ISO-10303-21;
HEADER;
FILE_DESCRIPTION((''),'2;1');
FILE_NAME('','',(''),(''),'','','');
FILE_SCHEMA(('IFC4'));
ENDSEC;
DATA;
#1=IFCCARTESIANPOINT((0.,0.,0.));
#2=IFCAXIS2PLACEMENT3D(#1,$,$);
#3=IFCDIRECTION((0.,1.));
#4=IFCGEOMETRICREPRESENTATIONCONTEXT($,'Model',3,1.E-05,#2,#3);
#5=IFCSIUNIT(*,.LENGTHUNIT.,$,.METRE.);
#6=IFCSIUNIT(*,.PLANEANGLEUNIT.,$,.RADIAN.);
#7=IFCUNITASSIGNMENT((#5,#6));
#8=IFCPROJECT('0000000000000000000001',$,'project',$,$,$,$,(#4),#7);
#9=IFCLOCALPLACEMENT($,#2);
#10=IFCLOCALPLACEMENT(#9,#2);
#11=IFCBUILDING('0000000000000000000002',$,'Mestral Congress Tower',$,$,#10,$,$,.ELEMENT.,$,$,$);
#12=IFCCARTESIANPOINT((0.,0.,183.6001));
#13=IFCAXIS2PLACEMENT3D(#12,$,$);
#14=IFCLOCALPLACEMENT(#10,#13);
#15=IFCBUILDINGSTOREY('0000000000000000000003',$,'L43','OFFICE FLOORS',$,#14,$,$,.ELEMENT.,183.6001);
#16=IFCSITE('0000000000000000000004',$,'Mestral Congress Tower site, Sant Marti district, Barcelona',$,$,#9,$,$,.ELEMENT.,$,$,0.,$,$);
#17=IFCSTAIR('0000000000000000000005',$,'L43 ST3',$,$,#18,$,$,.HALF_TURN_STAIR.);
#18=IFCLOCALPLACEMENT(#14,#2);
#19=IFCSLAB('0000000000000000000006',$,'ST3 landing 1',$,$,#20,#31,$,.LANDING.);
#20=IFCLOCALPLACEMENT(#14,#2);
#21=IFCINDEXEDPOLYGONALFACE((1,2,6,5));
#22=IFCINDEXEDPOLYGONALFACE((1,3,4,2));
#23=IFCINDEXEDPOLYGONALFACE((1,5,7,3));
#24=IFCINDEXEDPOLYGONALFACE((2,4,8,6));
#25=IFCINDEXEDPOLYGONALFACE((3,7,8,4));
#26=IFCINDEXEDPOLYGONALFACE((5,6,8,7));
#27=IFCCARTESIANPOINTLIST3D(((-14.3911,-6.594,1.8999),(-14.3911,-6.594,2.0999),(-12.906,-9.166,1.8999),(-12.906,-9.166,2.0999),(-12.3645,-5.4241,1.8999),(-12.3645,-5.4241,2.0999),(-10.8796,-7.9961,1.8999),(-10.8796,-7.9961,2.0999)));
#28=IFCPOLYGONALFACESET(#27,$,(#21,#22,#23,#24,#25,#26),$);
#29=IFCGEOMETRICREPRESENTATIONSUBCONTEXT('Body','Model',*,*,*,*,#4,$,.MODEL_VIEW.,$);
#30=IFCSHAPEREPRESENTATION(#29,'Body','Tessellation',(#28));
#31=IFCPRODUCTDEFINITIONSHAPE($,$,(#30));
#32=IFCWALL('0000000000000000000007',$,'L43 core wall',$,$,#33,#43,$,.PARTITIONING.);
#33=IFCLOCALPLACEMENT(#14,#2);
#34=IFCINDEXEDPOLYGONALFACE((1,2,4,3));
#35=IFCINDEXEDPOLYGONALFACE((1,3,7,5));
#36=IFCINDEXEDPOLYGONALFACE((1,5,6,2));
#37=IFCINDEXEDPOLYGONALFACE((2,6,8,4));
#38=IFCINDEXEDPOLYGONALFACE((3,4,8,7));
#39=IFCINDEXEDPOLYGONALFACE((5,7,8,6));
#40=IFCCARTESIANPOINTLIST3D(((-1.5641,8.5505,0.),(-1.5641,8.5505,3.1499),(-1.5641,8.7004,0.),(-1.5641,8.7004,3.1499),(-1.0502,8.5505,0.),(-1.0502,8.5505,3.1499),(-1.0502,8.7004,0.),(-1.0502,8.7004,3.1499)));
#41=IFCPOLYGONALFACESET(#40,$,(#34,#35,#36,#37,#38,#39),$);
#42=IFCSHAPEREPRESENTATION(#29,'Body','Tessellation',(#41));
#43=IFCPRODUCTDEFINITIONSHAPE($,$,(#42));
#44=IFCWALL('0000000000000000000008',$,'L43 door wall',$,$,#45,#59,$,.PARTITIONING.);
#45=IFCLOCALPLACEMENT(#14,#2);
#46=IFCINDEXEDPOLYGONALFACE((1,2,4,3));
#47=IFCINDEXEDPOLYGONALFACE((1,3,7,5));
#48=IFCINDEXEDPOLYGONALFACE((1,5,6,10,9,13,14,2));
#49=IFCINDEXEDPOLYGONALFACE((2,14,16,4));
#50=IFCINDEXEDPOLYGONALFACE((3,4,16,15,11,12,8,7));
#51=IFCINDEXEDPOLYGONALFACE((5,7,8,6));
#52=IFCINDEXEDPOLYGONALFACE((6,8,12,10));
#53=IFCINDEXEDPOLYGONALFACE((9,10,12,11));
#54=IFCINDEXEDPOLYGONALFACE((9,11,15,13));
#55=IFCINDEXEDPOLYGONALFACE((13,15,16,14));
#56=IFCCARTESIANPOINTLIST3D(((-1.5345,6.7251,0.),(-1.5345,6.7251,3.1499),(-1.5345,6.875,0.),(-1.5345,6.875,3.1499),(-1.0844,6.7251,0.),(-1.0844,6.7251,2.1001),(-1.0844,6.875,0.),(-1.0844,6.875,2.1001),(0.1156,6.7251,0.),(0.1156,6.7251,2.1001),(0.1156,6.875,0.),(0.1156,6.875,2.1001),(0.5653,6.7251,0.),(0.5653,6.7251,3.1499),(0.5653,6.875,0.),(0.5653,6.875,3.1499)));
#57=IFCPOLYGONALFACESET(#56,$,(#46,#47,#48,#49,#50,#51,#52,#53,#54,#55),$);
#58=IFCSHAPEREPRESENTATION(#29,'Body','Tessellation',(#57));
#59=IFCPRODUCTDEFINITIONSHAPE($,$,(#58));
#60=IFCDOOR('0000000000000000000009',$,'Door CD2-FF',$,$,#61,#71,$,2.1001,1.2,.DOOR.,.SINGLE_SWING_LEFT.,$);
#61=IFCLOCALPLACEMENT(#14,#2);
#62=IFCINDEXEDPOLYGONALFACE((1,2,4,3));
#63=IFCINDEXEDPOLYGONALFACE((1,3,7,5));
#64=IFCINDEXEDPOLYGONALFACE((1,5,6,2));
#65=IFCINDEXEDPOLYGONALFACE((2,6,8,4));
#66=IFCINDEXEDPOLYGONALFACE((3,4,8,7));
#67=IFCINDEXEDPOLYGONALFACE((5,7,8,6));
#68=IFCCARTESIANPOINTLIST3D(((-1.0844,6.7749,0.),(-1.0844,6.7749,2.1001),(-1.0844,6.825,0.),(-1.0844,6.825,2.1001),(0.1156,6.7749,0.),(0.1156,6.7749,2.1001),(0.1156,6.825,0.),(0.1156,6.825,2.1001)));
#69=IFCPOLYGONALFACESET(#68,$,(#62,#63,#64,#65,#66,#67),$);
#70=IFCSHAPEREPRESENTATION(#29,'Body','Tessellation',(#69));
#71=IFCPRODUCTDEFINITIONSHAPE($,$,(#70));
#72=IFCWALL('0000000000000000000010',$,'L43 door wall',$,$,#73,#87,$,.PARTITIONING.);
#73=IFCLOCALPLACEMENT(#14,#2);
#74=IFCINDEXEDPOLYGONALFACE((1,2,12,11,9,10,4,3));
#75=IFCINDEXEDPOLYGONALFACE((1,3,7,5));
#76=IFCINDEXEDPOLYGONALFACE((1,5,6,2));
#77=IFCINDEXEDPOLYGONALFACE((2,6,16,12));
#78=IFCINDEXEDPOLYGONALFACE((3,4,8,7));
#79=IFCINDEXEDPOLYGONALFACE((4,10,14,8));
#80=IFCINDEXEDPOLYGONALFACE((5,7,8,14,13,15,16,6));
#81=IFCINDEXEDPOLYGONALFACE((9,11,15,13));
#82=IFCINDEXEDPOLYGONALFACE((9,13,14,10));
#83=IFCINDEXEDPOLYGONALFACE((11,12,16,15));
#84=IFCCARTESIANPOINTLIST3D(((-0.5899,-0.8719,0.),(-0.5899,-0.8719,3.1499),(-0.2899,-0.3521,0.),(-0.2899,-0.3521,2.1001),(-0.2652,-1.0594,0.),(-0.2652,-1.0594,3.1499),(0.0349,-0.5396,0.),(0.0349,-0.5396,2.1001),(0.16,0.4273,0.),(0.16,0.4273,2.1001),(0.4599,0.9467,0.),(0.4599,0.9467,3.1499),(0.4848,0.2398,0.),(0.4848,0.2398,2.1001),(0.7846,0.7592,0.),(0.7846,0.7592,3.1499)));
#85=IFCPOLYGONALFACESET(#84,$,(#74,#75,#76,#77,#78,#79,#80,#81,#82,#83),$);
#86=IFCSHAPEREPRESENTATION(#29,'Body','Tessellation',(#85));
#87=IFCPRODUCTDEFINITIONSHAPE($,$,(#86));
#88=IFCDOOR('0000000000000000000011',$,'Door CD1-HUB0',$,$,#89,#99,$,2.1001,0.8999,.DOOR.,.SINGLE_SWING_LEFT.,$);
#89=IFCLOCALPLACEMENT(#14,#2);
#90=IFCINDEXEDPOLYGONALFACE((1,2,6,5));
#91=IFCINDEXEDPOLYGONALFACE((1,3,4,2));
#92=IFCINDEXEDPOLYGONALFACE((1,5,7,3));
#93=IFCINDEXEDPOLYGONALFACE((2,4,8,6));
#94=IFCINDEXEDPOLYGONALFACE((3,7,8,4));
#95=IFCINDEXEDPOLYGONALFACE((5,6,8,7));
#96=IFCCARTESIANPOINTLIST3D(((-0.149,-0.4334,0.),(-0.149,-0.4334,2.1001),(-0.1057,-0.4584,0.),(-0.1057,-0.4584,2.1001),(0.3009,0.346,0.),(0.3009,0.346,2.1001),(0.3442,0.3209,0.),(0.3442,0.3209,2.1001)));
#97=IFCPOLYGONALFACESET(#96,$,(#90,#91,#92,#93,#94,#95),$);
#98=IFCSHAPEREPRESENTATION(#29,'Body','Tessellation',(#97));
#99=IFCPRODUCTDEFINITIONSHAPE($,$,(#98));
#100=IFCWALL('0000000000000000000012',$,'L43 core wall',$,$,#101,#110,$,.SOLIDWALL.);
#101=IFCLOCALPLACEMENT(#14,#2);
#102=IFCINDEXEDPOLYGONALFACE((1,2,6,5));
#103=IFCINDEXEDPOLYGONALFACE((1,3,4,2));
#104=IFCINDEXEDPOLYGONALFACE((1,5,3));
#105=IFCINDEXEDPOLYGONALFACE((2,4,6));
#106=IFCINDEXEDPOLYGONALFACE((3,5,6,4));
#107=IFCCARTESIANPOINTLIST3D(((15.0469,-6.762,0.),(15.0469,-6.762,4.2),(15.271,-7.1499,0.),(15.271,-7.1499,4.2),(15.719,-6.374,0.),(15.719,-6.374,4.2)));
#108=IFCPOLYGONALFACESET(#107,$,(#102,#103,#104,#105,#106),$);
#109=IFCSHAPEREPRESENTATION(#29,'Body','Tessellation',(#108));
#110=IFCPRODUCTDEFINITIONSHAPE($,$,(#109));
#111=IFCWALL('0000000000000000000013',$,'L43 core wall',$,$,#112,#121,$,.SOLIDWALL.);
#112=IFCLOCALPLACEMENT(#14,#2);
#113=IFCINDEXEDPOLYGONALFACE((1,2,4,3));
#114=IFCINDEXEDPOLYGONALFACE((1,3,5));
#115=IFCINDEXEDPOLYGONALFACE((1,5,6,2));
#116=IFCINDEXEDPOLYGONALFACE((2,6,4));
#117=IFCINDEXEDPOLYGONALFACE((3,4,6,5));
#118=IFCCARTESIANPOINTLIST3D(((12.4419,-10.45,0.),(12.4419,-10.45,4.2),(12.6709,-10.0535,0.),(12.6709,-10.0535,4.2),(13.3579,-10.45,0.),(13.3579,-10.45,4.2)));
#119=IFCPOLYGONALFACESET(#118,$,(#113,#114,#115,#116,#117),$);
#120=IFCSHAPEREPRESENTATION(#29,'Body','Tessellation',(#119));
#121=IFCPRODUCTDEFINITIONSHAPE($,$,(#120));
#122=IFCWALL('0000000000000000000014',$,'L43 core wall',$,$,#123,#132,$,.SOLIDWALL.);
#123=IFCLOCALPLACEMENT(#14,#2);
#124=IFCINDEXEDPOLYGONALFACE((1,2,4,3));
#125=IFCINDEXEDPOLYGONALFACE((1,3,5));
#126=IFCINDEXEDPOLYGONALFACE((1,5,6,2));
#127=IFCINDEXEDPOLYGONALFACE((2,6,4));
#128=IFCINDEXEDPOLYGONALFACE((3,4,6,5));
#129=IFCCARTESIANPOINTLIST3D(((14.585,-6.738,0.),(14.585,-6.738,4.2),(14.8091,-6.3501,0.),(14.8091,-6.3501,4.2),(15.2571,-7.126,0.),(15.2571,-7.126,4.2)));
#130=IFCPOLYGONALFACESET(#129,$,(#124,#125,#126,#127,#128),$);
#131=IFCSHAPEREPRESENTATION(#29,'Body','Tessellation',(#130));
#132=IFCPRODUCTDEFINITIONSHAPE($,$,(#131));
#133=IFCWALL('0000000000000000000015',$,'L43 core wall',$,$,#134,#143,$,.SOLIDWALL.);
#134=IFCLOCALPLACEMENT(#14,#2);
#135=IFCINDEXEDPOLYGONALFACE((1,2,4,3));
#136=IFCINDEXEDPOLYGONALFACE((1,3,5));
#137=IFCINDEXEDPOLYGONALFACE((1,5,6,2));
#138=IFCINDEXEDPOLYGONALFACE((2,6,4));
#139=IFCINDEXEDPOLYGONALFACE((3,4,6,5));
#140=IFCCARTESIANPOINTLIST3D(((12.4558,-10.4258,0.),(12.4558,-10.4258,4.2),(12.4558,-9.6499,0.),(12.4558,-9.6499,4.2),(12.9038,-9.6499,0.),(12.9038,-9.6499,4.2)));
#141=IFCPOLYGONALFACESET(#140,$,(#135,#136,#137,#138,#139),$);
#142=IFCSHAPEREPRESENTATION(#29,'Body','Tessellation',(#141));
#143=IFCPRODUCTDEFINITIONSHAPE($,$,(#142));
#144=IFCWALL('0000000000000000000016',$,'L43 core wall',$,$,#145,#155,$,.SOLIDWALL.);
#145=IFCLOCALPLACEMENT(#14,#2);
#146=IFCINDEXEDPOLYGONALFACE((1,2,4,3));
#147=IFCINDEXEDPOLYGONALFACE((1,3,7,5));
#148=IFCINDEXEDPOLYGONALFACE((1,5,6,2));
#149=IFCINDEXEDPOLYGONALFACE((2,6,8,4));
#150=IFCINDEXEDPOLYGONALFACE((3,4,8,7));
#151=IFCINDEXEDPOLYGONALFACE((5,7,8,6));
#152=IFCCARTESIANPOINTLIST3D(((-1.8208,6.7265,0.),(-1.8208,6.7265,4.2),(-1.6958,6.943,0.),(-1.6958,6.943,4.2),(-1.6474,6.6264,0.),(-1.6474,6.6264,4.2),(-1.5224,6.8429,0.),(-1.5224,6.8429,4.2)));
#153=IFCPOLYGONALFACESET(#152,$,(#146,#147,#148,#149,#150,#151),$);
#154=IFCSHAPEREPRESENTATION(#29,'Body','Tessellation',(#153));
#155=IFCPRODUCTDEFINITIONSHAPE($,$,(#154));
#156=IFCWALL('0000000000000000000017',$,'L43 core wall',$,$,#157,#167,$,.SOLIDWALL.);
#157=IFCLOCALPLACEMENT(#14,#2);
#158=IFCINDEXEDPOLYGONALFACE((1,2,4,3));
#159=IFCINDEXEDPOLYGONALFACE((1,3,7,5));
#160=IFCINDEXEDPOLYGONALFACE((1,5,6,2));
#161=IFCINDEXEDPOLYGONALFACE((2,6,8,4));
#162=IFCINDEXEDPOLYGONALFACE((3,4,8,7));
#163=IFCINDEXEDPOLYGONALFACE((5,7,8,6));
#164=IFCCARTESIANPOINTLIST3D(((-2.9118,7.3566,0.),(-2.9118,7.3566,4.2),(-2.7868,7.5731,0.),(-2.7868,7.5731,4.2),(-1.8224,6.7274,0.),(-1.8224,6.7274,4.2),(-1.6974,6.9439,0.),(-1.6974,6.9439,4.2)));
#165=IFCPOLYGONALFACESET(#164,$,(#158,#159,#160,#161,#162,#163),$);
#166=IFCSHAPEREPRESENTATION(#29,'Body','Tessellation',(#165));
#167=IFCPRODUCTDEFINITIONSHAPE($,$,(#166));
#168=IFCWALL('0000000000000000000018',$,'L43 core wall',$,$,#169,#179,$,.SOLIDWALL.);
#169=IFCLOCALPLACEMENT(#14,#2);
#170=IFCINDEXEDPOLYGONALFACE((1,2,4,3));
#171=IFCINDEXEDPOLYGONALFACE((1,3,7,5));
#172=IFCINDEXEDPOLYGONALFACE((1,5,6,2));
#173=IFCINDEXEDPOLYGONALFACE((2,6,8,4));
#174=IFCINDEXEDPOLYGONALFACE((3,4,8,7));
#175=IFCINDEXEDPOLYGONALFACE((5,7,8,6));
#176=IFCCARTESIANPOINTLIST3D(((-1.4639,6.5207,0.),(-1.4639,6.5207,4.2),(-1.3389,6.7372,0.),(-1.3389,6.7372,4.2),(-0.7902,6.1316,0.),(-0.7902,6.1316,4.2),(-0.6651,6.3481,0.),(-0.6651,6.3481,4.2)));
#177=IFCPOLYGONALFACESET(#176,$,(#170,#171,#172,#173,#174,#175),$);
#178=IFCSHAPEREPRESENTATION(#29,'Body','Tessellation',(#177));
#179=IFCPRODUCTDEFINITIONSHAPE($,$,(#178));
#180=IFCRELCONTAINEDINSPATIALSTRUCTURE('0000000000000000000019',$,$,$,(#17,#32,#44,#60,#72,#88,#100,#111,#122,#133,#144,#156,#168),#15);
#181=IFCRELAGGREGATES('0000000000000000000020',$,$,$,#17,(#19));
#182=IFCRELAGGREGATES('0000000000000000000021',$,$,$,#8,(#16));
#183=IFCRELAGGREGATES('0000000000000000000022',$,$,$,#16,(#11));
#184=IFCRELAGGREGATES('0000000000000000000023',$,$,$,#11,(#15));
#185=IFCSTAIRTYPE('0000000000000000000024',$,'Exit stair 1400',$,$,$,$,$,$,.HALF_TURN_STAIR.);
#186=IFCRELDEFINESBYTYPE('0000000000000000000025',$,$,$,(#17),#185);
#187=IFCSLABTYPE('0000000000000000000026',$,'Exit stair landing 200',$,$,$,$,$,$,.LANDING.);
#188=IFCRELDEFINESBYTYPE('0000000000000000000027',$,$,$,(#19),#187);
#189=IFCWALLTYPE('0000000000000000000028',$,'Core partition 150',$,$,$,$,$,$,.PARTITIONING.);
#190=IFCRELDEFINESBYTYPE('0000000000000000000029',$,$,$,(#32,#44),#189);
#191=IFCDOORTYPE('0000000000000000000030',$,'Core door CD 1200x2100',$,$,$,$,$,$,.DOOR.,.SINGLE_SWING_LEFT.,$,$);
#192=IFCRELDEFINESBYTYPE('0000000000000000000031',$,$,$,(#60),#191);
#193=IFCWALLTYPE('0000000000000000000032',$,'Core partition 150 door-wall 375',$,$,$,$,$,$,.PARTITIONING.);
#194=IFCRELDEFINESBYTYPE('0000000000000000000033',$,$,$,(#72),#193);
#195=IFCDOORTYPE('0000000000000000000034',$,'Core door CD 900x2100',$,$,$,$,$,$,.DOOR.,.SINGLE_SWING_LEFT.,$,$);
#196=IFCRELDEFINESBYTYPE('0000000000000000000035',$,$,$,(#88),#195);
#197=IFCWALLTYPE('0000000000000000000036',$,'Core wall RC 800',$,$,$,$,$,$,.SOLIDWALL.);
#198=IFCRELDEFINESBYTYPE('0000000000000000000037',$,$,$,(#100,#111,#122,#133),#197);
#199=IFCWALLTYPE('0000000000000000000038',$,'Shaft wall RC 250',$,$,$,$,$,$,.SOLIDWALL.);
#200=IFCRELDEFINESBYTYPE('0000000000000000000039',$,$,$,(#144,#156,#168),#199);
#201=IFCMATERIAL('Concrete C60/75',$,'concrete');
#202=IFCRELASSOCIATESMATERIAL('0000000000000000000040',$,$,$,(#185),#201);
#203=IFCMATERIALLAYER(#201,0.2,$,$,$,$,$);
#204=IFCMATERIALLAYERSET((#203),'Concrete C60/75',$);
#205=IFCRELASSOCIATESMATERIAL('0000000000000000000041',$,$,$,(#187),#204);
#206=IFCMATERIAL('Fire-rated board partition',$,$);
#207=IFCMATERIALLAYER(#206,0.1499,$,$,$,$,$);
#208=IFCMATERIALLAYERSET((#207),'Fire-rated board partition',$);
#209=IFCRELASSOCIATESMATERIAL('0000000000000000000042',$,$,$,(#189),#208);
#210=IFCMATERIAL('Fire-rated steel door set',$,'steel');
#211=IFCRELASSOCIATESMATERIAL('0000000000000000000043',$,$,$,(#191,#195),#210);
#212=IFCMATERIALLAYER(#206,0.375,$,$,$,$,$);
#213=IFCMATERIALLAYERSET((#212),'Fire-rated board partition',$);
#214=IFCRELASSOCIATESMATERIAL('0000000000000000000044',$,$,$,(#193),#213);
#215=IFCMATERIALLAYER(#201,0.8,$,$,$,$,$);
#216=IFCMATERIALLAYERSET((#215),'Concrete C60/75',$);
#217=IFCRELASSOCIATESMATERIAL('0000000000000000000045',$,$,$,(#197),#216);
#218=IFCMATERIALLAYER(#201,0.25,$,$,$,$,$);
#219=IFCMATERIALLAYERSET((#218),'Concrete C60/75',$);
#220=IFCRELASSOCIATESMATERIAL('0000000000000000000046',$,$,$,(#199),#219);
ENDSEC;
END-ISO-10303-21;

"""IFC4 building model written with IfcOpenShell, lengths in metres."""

from ifc_helpers import new_model, si_unit, direction, frame, frame_2d, origin, place, context, subcontext, project, spatial, polyline, rectangle, outline, extrude, material, layer, layer_set, type_object, element, fill, aggregate, save


model = new_model("IFC4")

# Units and contexts
model_context = context("Model", 3, precision=1e-05, world=origin(), true_north=direction((0.0, 1.0)))
body_context = subcontext(model_context, "Body", "Model", "MODEL_VIEW")
ifc_project = project(units=[si_unit("LENGTHUNIT", "METRE"), si_unit("PLANEANGLEUNIT", "RADIAN")], contexts=[model_context])

# Site, building, storey
site_placement = place(None, origin())
site = spatial("IfcSite", under=ifc_project, at=site_placement, Name="Mestral Congress Tower site, Sant Marti district, Barcelona", CompositionType="ELEMENT", RefElevation=0.0)
building_placement = place(site_placement, origin())
building = spatial("IfcBuilding", under=site, at=building_placement, Name="Mestral Congress Tower", CompositionType="ELEMENT")
storey_placement = place(building_placement, frame((0.0, 0.0, 183.6001)))
storey = spatial("IfcBuildingStorey", under=building, at=storey_placement, Name="L43", Description="OFFICE FLOORS", CompositionType="ELEMENT", Elevation=183.6001)

# Shared definitions
ifc_material_1 = material(Name="Concrete C60/75", Category="concrete")

# Stair, slab
stair_type = type_object("IfcStairType", Name="Exit stair 1400", PredefinedType="HALF_TURN_STAIR", material=ifc_material_1)
placement_1 = place(storey_placement, origin())
ifc_layer_1 = layer(ifc_material_1, 0.2)
ifc_layer_set_1 = layer_set([ifc_layer_1], Name="Concrete C60/75")
slab_type_1 = type_object("IfcSlabType", Name="Exit stair landing 200", PredefinedType="LANDING", material=ifc_layer_set_1)
placement_2 = place(storey_placement, frame((0.0, 0.0, 1.8999)))
stair_1 = element("IfcStair", 1, at=placement_1, inside=storey, type_object=stair_type, Name="L43 ST3", PredefinedType="HALF_TURN_STAIR")
slab_1 = element("IfcSlab", 2, at=placement_2, type_object=slab_type_1, Name="ST3 landing 1", PredefinedType="LANDING", context=body_context, shape_type="SweptSolid", body=[
    extrude(outline(polyline([(-12.3645, -5.4241), (-10.8796, -7.9961), (-12.906, -9.166), (-14.3911, -6.594), (-12.3645, -5.4241)])), origin(), (0.0, 0.0, 1.0), 0.2),
])
aggregate(stair_1, [slab_1])

# Wall
ifc_material_2 = material(Name="Fire-rated board partition")
ifc_layer_2 = layer(ifc_material_2, 0.1499)
ifc_layer_set_2 = layer_set([ifc_layer_2], Name="Fire-rated board partition")
wall_type_1 = type_object("IfcWallType", Name="Core partition 150", PredefinedType="PARTITIONING", material=ifc_layer_set_2)
wall_1_placement = place(storey_placement, frame((-1.564, 8.6255, 0.0), z_axis=(0.0, 0.0, 1.0), x_axis=(1.0, 0.0, 0.0)))
element("IfcWall", 3, at=wall_1_placement, inside=storey, type_object=wall_type_1, Name="L43 core wall", PredefinedType="PARTITIONING", context=body_context, shape_type="SweptSolid", body=[
    extrude(rectangle(XDim=0.5139, YDim=0.1499, at=frame_2d((0.2568, 0.0))), origin(), (0.0, 0.0, 1.0), 3.1499),
])

# Walls, openings, doors
wall_2_placement = place(storey_placement, frame((-1.5344, 6.8, 0.0), z_axis=(0.0, 0.0, 1.0), x_axis=(1.0, 0.0, 0.0)))
wall_2 = element("IfcWall", 4, at=wall_2_placement, inside=storey, type_object=wall_type_1, Name="L43 door wall", PredefinedType="PARTITIONING", context=body_context, shape_type="SweptSolid", body=[
    extrude(rectangle(XDim=2.0999, YDim=0.1499, at=frame_2d((1.0498, 0.0))), origin(), (0.0, 0.0, 1.0), 3.1499),
])
opening_1_placement = place(wall_2_placement, frame((0.45, 0.0, 0.0)))
opening_1 = element("IfcOpeningElement", 5, at=opening_1_placement, cuts=wall_2, PredefinedType="OPENING", context=body_context, shape_type="SweptSolid", body=[
    extrude(rectangle(XDim=1.2, YDim=2.1001, at=frame_2d((0.6001, 1.05))), frame((0.0, 0.085, 0.0), z_axis=(0.0, -1.0, 0.0), x_axis=(1.0, 0.0, 0.0)), (0.0, 0.0, 1.0), 0.1699),
])
ifc_material_3 = material(Name="Fire-rated steel door set", Category="steel")
door_type_1 = type_object("IfcDoorType", Name="Core door CD 1200x2100", OperationType="SINGLE_SWING_LEFT", PredefinedType="DOOR", material=ifc_material_3)
door_1_placement = place(opening_1_placement, origin())
door_1 = element("IfcDoor", 6, at=door_1_placement, inside=storey, type_object=door_type_1, Name="Door CD2-FF", OperationType="SINGLE_SWING_LEFT", OverallHeight=2.1001, OverallWidth=1.2, PredefinedType="DOOR", context=body_context, shape_type="SweptSolid", body=[
    extrude(rectangle(XDim=1.2, YDim=2.1001, at=frame_2d((0.6001, 1.05))), frame((0.0, 0.0249, 0.0), z_axis=(0.0, -1.0, 0.0), x_axis=(1.0, 0.0, 0.0)), (0.0, 0.0, 1.0), 0.05),
])
fill(opening_1, door_1)
ifc_layer_3 = layer(ifc_material_2, 0.375)
ifc_layer_set_3 = layer_set([ifc_layer_3], Name="Fire-rated board partition")
wall_type_2 = type_object("IfcWallType", Name="Core partition 150 door-wall 375", PredefinedType="PARTITIONING", material=ifc_layer_set_3)
wall_3_placement = place(storey_placement, frame((-0.4275, -0.9656, 0.0), z_axis=(0.0, 0.0, 1.0), x_axis=(0.499941, 0.86606, 0.0)))
wall_3 = element("IfcWall", 7, at=wall_3_placement, inside=storey, type_object=wall_type_2, Name="L43 door wall", PredefinedType="PARTITIONING", context=body_context, shape_type="SweptSolid", body=[
    extrude(rectangle(XDim=2.0999, YDim=0.375, at=frame_2d((1.0498, 0.0))), origin(), (0.0, 0.0, 1.0), 3.1499),
])
opening_2_placement = place(wall_3_placement, frame((0.6001, 0.0, 0.0)))
opening_2 = element("IfcOpeningElement", 8, at=opening_2_placement, cuts=wall_3, PredefinedType="OPENING", context=body_context, shape_type="SweptSolid", body=[
    extrude(rectangle(XDim=0.8999, YDim=2.1001, at=frame_2d((0.45, 1.05))), frame((0.0, 0.1975, 0.0), z_axis=(0.0, -1.0, 0.0), x_axis=(1.0, 0.0, 0.0)), (0.0, 0.0, 1.0), 0.395),
])
door_type_2 = type_object("IfcDoorType", Name="Core door CD 900x2100", OperationType="SINGLE_SWING_LEFT", PredefinedType="DOOR", material=ifc_material_3)
door_2_placement = place(opening_2_placement, origin())
door_2 = element("IfcDoor", 9, at=door_2_placement, inside=storey, type_object=door_type_2, Name="Door CD1-HUB0", OperationType="SINGLE_SWING_LEFT", OverallHeight=2.1001, OverallWidth=0.8999, PredefinedType="DOOR", context=body_context, shape_type="SweptSolid", body=[
    extrude(rectangle(XDim=0.8999, YDim=2.1001, at=frame_2d((0.45, 1.05))), frame((0.0, 0.0249, 0.0), z_axis=(0.0, -1.0, 0.0), x_axis=(1.0, 0.0, 0.0)), (0.0, 0.0, 1.0), 0.05),
])
fill(opening_2, door_2)

# Walls
ifc_layer_4 = layer(ifc_material_1, 0.8)
ifc_layer_set_4 = layer_set([ifc_layer_4], Name="Concrete C60/75")
wall_type_3 = type_object("IfcWallType", Name="Core wall RC 800", PredefinedType="SOLIDWALL", material=ifc_layer_set_4)
element("IfcWall", 10, at=placement_1, inside=storey, type_object=wall_type_3, Name="L43 core wall", PredefinedType="SOLIDWALL", context=body_context, shape_type="SweptSolid", body=[
    extrude(outline(polyline([(15.271, -7.1499), (15.0469, -6.762), (15.719, -6.374), (15.271, -7.1499)])), origin(), (0.0, 0.0, 1.0), 4.2),
])
element("IfcWall", 11, at=placement_1, inside=storey, type_object=wall_type_3, Name="L43 core wall", PredefinedType="SOLIDWALL", context=body_context, shape_type="SweptSolid", body=[
    extrude(outline(polyline([(12.6709, -10.0535), (13.3579, -10.45), (12.4419, -10.45), (12.6709, -10.0535)])), origin(), (0.0, 0.0, 1.0), 4.2),
])
element("IfcWall", 12, at=placement_1, inside=storey, type_object=wall_type_3, Name="L43 core wall", PredefinedType="SOLIDWALL", context=body_context, shape_type="SweptSolid", body=[
    extrude(outline(polyline([(14.8091, -6.3501), (15.2571, -7.126), (14.585, -6.738), (14.8091, -6.3501)])), origin(), (0.0, 0.0, 1.0), 4.2),
])
element("IfcWall", 13, at=placement_1, inside=storey, type_object=wall_type_3, Name="L43 core wall", PredefinedType="SOLIDWALL", context=body_context, shape_type="SweptSolid", body=[
    extrude(outline(polyline([(12.9038, -9.6499), (12.4558, -10.4258), (12.4558, -9.6499), (12.9038, -9.6499)])), origin(), (0.0, 0.0, 1.0), 4.2),
])
ifc_layer_5 = layer(ifc_material_1, 0.25)
ifc_layer_set_5 = layer_set([ifc_layer_5], Name="Concrete C60/75")
wall_type_4 = type_object("IfcWallType", Name="Shaft wall RC 250", PredefinedType="SOLIDWALL", material=ifc_layer_set_5)
wall_4_placement = place(storey_placement, frame((-1.7583, 6.8347, 0.0), z_axis=(0.0, 0.0, 1.0), x_axis=(0.865982, -0.500074, 0.0)))
element("IfcWall", 14, at=wall_4_placement, inside=storey, type_object=wall_type_4, Name="L43 core wall", PredefinedType="SOLIDWALL", context=body_context, shape_type="SweptSolid", body=[
    extrude(rectangle(XDim=0.2002, YDim=0.25, at=frame_2d((0.1001, 0.0))), origin(), (0.0, 0.0, 1.0), 4.2),
])
wall_5_placement = place(storey_placement, frame((-1.76, 6.8357, 0.0), z_axis=(0.0, 0.0, 1.0), x_axis=(-0.865953, 0.500126, 0.0)))
element("IfcWall", 15, at=wall_5_placement, inside=storey, type_object=wall_type_4, Name="L43 core wall", PredefinedType="SOLIDWALL", context=body_context, shape_type="SweptSolid", body=[
    extrude(rectangle(XDim=1.2581, YDim=0.25, at=frame_2d((0.6289, 0.0))), origin(), (0.0, 0.0, 1.0), 4.2),
])
wall_6_placement = place(storey_placement, frame((-0.7275, 6.2397, 0.0), z_axis=(0.0, 0.0, 1.0), x_axis=(-0.865956, 0.500121, 0.0)))
element("IfcWall", 16, at=wall_6_placement, inside=storey, type_object=wall_type_4, Name="L43 core wall", PredefinedType="SOLIDWALL", context=body_context, shape_type="SweptSolid", body=[
    extrude(rectangle(XDim=0.7781, YDim=0.25, at=frame_2d((0.3892, 0.0))), origin(), (0.0, 0.0, 1.0), 4.2),
])

save(model, "model.ifc")
